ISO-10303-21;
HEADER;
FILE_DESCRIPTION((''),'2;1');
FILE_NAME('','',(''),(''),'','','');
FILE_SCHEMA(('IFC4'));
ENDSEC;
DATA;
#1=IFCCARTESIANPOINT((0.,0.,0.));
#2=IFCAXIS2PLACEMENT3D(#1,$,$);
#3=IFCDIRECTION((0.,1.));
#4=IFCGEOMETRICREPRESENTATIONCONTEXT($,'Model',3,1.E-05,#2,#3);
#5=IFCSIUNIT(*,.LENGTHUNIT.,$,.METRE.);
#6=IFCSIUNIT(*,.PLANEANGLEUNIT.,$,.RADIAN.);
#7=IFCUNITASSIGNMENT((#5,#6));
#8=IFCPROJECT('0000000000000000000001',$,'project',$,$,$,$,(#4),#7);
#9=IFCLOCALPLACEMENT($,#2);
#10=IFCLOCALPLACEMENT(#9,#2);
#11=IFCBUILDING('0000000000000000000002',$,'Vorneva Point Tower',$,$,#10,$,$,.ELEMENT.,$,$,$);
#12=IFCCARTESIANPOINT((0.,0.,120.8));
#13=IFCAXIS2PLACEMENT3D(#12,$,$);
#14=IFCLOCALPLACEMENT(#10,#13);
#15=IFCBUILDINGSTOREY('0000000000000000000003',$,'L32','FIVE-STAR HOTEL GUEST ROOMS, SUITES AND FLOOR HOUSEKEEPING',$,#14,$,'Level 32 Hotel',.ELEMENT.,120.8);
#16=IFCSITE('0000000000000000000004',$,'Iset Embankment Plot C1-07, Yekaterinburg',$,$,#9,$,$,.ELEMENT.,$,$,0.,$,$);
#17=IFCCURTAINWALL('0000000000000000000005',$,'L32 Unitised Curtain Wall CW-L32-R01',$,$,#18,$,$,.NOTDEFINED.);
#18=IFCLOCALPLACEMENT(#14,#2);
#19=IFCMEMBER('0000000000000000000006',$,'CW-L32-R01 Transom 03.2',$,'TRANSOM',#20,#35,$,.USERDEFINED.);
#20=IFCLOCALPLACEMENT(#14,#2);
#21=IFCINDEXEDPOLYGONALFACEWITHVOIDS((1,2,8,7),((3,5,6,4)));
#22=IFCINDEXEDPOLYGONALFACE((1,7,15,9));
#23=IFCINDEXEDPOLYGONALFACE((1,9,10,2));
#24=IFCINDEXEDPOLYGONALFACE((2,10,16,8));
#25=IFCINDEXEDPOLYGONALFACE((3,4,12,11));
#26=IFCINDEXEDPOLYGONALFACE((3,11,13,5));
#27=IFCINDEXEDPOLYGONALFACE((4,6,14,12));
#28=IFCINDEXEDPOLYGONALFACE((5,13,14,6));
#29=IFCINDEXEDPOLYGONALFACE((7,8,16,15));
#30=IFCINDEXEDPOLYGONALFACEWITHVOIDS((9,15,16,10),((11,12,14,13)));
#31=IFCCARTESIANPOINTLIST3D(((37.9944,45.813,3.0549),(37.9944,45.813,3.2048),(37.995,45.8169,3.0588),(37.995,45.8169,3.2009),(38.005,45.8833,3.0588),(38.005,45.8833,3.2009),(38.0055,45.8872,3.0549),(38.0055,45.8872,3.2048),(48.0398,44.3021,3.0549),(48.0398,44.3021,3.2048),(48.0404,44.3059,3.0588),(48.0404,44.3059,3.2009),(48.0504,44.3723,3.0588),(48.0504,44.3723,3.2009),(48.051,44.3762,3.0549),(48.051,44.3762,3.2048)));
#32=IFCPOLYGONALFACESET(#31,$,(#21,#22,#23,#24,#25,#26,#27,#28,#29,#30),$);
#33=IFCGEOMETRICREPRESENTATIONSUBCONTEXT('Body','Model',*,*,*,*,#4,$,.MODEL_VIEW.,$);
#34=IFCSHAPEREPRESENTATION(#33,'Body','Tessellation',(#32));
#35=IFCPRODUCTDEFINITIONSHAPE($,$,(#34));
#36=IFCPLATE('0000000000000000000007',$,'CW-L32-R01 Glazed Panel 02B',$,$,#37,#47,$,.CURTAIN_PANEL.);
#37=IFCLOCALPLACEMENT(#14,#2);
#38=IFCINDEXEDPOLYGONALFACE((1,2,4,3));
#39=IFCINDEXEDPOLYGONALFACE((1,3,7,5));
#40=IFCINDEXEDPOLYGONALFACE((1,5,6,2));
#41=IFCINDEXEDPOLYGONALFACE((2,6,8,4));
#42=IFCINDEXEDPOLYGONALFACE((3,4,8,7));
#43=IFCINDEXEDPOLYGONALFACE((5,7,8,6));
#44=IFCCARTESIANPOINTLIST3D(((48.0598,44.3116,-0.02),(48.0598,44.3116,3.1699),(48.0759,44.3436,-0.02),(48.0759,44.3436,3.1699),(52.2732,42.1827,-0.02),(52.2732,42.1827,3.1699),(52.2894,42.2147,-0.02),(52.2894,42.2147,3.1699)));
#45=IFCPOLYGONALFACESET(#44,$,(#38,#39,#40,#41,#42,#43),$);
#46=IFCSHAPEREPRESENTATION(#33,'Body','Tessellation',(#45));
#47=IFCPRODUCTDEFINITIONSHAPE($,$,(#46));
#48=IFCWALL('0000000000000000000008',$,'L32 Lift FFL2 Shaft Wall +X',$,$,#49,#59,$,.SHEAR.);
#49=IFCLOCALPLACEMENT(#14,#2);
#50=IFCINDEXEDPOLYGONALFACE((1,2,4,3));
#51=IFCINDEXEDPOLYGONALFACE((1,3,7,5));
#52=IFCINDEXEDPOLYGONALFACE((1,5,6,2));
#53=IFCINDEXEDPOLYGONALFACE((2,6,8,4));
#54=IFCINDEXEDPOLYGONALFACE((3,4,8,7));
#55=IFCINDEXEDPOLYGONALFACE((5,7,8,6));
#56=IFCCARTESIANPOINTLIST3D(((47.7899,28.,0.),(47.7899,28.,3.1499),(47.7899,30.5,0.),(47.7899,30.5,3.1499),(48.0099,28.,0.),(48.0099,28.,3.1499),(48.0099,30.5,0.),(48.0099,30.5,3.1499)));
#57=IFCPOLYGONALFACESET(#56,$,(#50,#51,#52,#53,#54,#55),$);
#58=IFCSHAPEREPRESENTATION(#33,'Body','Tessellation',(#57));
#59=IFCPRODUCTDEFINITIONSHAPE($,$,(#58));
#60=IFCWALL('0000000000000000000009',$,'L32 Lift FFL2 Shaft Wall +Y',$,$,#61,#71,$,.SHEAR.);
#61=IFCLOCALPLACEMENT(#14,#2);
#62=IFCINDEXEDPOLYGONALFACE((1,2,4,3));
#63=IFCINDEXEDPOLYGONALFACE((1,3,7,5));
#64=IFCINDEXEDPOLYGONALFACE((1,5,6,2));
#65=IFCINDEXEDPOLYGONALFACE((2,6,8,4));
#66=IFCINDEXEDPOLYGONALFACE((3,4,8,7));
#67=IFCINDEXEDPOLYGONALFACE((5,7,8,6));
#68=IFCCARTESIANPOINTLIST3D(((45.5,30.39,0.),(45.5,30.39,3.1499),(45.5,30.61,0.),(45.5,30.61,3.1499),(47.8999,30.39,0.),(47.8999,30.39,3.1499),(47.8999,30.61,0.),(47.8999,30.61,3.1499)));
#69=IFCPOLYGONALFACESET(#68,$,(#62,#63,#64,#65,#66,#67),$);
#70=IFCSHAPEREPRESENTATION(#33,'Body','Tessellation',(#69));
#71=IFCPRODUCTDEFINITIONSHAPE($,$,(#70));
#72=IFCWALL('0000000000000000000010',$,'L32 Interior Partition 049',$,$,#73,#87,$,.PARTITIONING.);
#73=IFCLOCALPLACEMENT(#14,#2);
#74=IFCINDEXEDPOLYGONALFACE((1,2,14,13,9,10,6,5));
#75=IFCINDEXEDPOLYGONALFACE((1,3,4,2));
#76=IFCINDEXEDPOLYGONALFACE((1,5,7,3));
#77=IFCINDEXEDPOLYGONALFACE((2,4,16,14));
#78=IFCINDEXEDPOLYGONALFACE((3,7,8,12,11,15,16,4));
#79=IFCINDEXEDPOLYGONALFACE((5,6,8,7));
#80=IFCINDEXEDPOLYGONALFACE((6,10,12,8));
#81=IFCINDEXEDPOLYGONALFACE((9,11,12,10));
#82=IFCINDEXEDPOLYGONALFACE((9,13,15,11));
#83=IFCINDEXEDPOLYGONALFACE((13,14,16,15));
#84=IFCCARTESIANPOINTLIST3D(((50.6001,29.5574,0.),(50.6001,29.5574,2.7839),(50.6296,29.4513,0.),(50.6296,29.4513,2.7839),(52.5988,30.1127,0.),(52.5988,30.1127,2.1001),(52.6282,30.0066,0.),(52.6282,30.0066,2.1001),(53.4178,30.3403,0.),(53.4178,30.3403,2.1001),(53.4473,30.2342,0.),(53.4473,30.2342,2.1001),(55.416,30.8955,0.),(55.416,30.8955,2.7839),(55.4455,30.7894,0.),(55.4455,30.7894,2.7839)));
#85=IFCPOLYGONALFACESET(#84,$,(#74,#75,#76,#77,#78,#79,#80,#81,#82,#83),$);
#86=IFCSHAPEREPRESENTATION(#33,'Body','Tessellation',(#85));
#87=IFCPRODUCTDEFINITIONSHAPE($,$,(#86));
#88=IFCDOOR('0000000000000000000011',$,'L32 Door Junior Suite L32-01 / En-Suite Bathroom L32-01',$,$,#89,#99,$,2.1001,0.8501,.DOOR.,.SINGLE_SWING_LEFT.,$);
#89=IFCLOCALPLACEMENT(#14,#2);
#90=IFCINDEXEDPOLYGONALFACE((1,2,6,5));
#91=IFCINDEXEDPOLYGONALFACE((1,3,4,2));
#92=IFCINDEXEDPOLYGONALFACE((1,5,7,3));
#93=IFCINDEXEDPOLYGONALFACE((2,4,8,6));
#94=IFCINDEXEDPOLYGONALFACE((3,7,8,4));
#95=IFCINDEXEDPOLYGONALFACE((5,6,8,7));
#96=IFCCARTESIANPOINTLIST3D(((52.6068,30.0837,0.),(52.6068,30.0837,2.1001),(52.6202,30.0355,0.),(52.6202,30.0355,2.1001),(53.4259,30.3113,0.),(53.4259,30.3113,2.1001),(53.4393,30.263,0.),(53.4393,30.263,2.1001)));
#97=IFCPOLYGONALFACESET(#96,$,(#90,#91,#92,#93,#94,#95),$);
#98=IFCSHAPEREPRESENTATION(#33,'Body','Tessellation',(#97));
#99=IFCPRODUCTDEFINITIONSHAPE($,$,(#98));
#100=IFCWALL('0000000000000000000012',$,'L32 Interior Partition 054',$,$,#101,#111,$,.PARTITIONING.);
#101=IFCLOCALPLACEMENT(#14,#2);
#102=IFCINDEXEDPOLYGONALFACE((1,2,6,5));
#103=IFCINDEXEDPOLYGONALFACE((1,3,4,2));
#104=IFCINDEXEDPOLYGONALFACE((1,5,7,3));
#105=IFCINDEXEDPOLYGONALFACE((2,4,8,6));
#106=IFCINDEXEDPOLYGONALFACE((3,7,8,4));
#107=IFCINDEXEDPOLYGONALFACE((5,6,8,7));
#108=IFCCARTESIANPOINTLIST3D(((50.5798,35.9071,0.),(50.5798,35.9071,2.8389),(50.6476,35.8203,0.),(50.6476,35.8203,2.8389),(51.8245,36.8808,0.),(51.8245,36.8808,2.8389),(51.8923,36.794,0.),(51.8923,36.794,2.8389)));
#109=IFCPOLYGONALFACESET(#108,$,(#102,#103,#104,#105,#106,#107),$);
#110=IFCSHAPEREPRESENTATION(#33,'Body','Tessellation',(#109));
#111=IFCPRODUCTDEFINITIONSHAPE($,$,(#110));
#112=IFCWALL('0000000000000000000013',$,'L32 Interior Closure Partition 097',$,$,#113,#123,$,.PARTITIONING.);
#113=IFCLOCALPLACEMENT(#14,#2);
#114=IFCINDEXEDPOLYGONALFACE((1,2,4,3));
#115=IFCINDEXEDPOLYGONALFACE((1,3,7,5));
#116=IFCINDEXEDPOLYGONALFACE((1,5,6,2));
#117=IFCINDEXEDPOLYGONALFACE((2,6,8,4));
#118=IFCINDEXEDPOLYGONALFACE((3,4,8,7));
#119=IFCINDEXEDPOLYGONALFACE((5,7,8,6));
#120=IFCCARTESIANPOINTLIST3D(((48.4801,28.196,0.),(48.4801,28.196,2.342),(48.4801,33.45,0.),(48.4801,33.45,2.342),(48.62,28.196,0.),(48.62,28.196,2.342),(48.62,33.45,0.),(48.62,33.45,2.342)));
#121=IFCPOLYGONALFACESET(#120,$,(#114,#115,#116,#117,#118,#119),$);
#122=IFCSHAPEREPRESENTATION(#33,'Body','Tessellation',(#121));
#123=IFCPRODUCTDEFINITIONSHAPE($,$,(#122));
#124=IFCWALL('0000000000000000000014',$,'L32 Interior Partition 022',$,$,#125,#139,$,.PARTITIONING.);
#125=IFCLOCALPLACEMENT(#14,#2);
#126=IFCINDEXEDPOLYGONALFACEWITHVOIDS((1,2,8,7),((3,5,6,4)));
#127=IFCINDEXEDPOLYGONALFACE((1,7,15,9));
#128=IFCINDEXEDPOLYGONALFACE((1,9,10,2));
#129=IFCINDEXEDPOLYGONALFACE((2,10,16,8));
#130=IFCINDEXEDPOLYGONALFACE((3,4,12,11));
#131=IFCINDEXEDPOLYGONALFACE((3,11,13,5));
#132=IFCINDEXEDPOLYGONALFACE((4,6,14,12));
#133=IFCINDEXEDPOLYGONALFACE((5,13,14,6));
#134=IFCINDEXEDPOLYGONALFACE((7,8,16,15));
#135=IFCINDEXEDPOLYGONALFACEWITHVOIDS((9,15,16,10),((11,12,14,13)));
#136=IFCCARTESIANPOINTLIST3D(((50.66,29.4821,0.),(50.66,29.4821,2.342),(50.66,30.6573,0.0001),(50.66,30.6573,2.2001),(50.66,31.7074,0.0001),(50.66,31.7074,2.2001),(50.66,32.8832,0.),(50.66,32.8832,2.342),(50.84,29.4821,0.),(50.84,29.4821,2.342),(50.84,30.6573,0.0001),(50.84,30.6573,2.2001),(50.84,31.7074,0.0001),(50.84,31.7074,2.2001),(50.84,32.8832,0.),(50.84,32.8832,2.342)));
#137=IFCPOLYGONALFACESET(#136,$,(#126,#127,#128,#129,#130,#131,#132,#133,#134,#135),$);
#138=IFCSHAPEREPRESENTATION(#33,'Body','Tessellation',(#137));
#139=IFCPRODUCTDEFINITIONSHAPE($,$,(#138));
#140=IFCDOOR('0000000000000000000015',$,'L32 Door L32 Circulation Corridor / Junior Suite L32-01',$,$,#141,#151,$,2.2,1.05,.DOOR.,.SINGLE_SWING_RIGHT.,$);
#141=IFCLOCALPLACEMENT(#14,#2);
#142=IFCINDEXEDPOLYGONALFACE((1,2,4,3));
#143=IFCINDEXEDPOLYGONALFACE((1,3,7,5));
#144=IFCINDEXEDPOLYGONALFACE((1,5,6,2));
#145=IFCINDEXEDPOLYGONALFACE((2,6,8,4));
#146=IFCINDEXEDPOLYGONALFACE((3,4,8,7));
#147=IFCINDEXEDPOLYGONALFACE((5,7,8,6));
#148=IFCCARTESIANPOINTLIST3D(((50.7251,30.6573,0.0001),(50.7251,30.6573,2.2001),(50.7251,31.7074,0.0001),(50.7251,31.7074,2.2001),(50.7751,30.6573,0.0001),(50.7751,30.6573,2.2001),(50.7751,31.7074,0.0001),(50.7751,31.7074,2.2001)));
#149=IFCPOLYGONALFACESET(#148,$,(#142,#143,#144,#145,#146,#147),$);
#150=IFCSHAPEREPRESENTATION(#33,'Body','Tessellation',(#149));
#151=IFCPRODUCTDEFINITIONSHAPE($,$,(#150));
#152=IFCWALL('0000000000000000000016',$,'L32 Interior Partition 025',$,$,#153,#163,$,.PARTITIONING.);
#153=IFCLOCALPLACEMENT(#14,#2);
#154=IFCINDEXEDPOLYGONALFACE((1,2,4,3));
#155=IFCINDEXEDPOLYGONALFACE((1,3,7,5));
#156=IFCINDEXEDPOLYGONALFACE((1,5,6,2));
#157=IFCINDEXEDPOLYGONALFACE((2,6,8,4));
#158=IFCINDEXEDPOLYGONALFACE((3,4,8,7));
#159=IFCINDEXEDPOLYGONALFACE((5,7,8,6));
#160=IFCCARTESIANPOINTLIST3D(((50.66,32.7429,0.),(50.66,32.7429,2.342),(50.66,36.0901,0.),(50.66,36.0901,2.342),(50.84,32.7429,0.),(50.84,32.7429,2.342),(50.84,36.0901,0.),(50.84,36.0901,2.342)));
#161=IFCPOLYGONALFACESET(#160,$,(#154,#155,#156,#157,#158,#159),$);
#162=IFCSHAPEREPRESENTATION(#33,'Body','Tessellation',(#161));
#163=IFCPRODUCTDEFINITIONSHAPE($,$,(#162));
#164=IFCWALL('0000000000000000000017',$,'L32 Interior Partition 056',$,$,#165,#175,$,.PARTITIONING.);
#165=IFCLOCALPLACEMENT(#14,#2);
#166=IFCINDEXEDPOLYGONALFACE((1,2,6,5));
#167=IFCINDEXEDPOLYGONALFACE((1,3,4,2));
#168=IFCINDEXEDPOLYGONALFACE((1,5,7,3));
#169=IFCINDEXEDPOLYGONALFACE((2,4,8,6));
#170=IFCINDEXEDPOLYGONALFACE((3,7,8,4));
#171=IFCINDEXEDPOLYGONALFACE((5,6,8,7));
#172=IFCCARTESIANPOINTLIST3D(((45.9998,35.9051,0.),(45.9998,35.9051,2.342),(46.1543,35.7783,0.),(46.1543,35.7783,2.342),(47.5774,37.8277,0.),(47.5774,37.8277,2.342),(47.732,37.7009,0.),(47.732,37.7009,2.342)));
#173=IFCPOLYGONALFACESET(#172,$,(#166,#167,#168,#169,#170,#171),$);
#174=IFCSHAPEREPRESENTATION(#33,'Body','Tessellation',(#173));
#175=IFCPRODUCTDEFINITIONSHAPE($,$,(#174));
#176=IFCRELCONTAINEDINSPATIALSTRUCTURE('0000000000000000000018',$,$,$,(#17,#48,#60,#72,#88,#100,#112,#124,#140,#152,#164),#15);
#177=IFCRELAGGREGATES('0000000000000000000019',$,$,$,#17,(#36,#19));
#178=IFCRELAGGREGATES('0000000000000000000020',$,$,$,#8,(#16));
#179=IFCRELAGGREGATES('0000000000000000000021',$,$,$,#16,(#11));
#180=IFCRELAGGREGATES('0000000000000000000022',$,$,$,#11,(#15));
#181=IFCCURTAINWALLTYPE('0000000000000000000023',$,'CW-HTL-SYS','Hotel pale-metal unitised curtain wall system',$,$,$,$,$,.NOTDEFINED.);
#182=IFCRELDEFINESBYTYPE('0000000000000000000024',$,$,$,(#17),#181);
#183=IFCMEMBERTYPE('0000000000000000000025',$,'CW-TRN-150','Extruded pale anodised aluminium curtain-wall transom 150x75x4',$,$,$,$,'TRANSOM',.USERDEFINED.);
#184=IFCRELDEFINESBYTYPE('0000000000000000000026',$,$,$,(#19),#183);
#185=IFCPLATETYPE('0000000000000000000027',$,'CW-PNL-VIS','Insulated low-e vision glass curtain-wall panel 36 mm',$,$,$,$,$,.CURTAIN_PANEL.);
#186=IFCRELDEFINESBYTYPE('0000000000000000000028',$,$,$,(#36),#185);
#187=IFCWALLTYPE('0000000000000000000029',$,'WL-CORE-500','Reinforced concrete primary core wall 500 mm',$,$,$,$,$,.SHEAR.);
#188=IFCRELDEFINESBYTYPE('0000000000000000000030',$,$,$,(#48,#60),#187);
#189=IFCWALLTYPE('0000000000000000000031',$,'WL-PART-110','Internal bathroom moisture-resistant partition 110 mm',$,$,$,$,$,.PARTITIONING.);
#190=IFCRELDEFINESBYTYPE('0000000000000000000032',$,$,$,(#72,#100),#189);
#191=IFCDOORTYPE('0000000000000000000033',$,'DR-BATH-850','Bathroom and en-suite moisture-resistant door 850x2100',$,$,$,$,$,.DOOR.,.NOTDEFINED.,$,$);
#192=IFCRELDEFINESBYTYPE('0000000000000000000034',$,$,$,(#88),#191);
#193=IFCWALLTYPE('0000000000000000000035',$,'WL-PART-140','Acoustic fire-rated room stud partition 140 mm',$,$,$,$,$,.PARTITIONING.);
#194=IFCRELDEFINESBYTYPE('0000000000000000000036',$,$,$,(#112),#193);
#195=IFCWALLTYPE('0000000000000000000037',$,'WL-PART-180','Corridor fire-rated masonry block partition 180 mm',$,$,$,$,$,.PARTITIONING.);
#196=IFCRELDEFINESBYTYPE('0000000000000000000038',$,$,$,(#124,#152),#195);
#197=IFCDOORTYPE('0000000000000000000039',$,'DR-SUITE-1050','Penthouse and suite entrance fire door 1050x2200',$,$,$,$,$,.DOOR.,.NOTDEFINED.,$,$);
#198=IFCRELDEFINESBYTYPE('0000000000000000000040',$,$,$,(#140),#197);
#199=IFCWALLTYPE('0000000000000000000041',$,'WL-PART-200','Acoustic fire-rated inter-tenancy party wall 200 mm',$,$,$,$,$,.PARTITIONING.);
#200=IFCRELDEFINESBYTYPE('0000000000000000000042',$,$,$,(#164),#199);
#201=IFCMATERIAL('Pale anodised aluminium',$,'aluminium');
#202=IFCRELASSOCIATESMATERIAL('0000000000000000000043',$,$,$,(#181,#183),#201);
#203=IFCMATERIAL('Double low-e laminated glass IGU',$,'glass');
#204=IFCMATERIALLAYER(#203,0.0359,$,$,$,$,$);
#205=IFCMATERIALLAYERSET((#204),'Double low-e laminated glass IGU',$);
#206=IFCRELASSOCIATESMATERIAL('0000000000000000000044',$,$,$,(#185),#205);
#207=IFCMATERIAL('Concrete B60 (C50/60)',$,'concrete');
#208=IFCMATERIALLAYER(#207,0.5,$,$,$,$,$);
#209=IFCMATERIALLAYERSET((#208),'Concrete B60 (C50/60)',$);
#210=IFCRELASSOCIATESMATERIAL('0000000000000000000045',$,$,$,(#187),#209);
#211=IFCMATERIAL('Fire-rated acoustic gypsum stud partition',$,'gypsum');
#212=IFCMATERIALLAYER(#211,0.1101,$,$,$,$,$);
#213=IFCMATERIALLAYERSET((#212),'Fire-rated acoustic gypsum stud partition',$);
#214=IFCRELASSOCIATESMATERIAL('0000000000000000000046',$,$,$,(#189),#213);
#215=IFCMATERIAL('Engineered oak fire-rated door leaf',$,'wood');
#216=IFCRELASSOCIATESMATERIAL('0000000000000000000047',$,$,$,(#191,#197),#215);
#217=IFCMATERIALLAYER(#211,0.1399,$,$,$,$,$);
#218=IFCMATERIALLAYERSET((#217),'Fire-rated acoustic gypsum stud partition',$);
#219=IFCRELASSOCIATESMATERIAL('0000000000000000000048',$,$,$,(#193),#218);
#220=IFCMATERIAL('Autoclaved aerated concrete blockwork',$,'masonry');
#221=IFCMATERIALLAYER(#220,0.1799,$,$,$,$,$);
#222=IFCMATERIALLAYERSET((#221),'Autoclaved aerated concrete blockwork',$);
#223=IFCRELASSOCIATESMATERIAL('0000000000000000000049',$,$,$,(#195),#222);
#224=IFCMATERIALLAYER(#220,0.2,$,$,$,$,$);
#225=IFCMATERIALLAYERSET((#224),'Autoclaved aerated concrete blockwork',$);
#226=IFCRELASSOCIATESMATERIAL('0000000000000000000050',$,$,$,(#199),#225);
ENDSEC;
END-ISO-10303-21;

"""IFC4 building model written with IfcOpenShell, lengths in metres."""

from ifc_helpers import new_model, si_unit, direction, frame, frame_2d, origin, origin_2d, place, context, subcontext, project, spatial, rectangle, hollow_rectangle, extrude, material, layer, layer_set, material_profile, profile_set, type_object, element, fill, aggregate, save


model = new_model("IFC4")

# Units and contexts
model_context = context("Model", 3, precision=1e-05, world=origin(), true_north=direction((0.0, 1.0)))
body_context = subcontext(model_context, "Body", "Model", "MODEL_VIEW")
ifc_project = project(units=[si_unit("LENGTHUNIT", "METRE"), si_unit("PLANEANGLEUNIT", "RADIAN")], contexts=[model_context])

# Site, building, storey
site_placement = place(None, origin())
site = spatial("IfcSite", under=ifc_project, at=site_placement, Name="Iset Embankment Plot C1-07, Yekaterinburg", CompositionType="ELEMENT", RefElevation=0.0)
building_placement = place(site_placement, origin())
building = spatial("IfcBuilding", under=site, at=building_placement, Name="Vorneva Point Tower", CompositionType="ELEMENT")
storey_placement = place(building_placement, frame((0.0, 0.0, 120.8)))
storey = spatial("IfcBuildingStorey", under=building, at=storey_placement, Name="L32", Description="FIVE-STAR HOTEL GUEST ROOMS, SUITES AND FLOOR HOUSEKEEPING", LongName="Level 32 Hotel", CompositionType="ELEMENT", Elevation=120.8)

# Shared definitions
ifc_material_1 = material(Name="Concrete B60 (C50/60)", Category="concrete")

# Curtain wall, member, plate
ifc_material_2 = material(Name="Pale anodised aluminium", Category="aluminium")
curtain_wall_type = type_object("IfcCurtainWallType", Name="CW-HTL-SYS", Description="Hotel pale-metal unitised curtain wall system", PredefinedType="NOTDEFINED", material=ifc_material_2)
curtain_wall_placement = place(storey_placement, origin())
curtain_wall = element("IfcCurtainWall", 1, at=curtain_wall_placement, inside=storey, type_object=curtain_wall_type, Name="L32 Unitised Curtain Wall CW-L32-R01", PredefinedType="NOTDEFINED")
ifc_material_profile_1 = material_profile(ifc_material_2, hollow_rectangle(XDim=0.075, YDim=0.1499, WallThickness=0.0039, at=origin_2d()), Name="AL-TRN 150x75x4")
ifc_profile_set_1 = profile_set([ifc_material_profile_1], Name="Pale anodised aluminium")
member_type_1 = type_object("IfcMemberType", Name="CW-TRN-150", Description="Extruded pale anodised aluminium curtain-wall transom 150x75x4", ElementType="TRANSOM", PredefinedType="USERDEFINED", material=ifc_profile_set_1)
member_1_placement = place(storey_placement, frame((48.0454, 44.3391, 3.1299), z_axis=(-0.988876, 0.148742, 0.0), x_axis=(-0.148742, -0.988876, 0.0)))
member_1 = element("IfcMember", 2, at=member_1_placement, type_object=member_type_1, Name="CW-L32-R01 Transom 03.2", ObjectType="TRANSOM", PredefinedType="USERDEFINED", context=body_context, shape_type="SweptSolid", body=[
    extrude(hollow_rectangle(XDim=0.075, YDim=0.1499, WallThickness=0.0039, at=origin_2d()), origin(), (0.0, 0.0, 1.0), 10.1584),
])
ifc_material_3 = material(Name="Double low-e laminated glass IGU", Category="glass")
ifc_layer_1 = layer(ifc_material_3, 0.0359)
ifc_layer_set_1 = layer_set([ifc_layer_1], Name="Double low-e laminated glass IGU")
plate_type = type_object("IfcPlateType", Name="CW-PNL-VIS", Description="Insulated low-e vision glass curtain-wall panel 36 mm", PredefinedType="CURTAIN_PANEL", material=ifc_layer_set_1)
plate_placement = place(storey_placement, frame((50.1746, 43.2632, -0.02), z_axis=(0.0, 0.0, 1.0), x_axis=(-0.892539, 0.450971, 0.0)))
plate = element("IfcPlate", 3, at=plate_placement, type_object=plate_type, Name="CW-L32-R01 Glazed Panel 02B", PredefinedType="CURTAIN_PANEL", context=body_context, shape_type="SweptSolid", body=[
    extrude(rectangle(XDim=4.7207, YDim=0.0359, at=origin_2d()), origin(), (0.0, 0.0, 1.0), 3.1899),
])
aggregate(curtain_wall, [plate, member_1])

# Walls
ifc_layer_2 = layer(ifc_material_1, 0.5)
ifc_layer_set_2 = layer_set([ifc_layer_2], Name="Concrete B60 (C50/60)")
wall_type_1 = type_object("IfcWallType", Name="WL-CORE-500", Description="Reinforced concrete primary core wall 500 mm", PredefinedType="SHEAR", material=ifc_layer_set_2)
wall_1_placement = place(storey_placement, frame((47.8999, 28.0, 0.0), z_axis=(0.0, 0.0, 1.0), x_axis=(0.0, 1.0, 0.0)))
element("IfcWall", 4, at=wall_1_placement, inside=storey, type_object=wall_type_1, Name="L32 Lift FFL2 Shaft Wall +X", PredefinedType="SHEAR", context=body_context, shape_type="SweptSolid", body=[
    extrude(rectangle(XDim=2.5, YDim=0.22, at=frame_2d((1.25, 0.0))), origin(), (0.0, 0.0, 1.0), 3.1499),
])
wall_2_placement = place(storey_placement, frame((47.8999, 30.5, 0.0), z_axis=(0.0, 0.0, 1.0), x_axis=(-1.0, 0.0, 0.0)))
element("IfcWall", 5, at=wall_2_placement, inside=storey, type_object=wall_type_1, Name="L32 Lift FFL2 Shaft Wall +Y", PredefinedType="SHEAR", context=body_context, shape_type="SweptSolid", body=[
    extrude(rectangle(XDim=2.3999, YDim=0.22, at=frame_2d((1.2, 0.0))), origin(), (0.0, 0.0, 1.0), 3.1499),
])

# Wall, opening, door
ifc_material_4 = material(Name="Fire-rated acoustic gypsum stud partition", Category="gypsum")
ifc_layer_3 = layer(ifc_material_4, 0.1101)
ifc_layer_set_3 = layer_set([ifc_layer_3], Name="Fire-rated acoustic gypsum stud partition")
wall_type_2 = type_object("IfcWallType", Name="WL-PART-110", Description="Internal bathroom moisture-resistant partition 110 mm", PredefinedType="PARTITIONING", material=ifc_layer_set_3)
wall_3_placement = place(storey_placement, frame((50.615, 29.5044, 0.0), z_axis=(0.0, 0.0, 1.0), x_axis=(0.963498, 0.267714, 0.0)))
wall_3 = element("IfcWall", 6, at=wall_3_placement, inside=storey, type_object=wall_type_2, Name="L32 Interior Partition 049", PredefinedType="PARTITIONING", context=body_context, shape_type="SweptSolid", body=[
    extrude(rectangle(XDim=4.9983, YDim=0.1101, at=frame_2d((2.499, 0.0))), origin(), (0.0, 0.0, 1.0), 2.7839),
])
opening_1_placement = place(wall_3_placement, frame((2.0742, 0.0, 0.0)))
opening_1 = element("IfcOpeningElement", 7, at=opening_1_placement, cuts=wall_3, PredefinedType="OPENING", context=body_context, shape_type="SweptSolid", body=[
    extrude(rectangle(XDim=0.8501, YDim=2.1001, at=frame_2d((0.425, 1.05))), frame((0.0, 0.0698, 0.0), z_axis=(0.0, -1.0, 0.0), x_axis=(1.0, 0.0, 0.0)), (0.0, 0.0, 1.0), 0.1399),
])
ifc_material_5 = material(Name="Engineered oak fire-rated door leaf", Category="wood")
door_type_1 = type_object("IfcDoorType", Name="DR-BATH-850", Description="Bathroom and en-suite moisture-resistant door 850x2100", OperationType="NOTDEFINED", PredefinedType="DOOR", material=ifc_material_5)
door_1_placement = place(opening_1_placement, origin())
door_1 = element("IfcDoor", 8, at=door_1_placement, inside=storey, type_object=door_type_1, Name="L32 Door Junior Suite L32-01 / En-Suite Bathroom L32-01", OperationType="SINGLE_SWING_LEFT", OverallHeight=2.1001, OverallWidth=0.8501, PredefinedType="DOOR", context=body_context, shape_type="SweptSolid", body=[
    extrude(rectangle(XDim=0.8501, YDim=2.1001, at=frame_2d((0.425, 1.05))), frame((0.0, 0.0249, 0.0), z_axis=(0.0, -1.0, 0.0), x_axis=(1.0, 0.0, 0.0)), (0.0, 0.0, 1.0), 0.05),
])
fill(opening_1, door_1)

# Walls
wall_4_placement = place(storey_placement, frame((50.6138, 35.8638, 0.0), z_axis=(0.0, 0.0, 1.0), x_axis=(0.787635, 0.616142, 0.0)))
element("IfcWall", 9, at=wall_4_placement, inside=storey, type_object=wall_type_2, Name="L32 Interior Partition 054", PredefinedType="PARTITIONING", context=body_context, shape_type="SweptSolid", body=[
    extrude(rectangle(XDim=1.5803, YDim=0.1101, at=frame_2d((0.79, 0.0))), origin(), (0.0, 0.0, 1.0), 2.8389),
])
ifc_layer_4 = layer(ifc_material_4, 0.1399)
ifc_layer_set_4 = layer_set([ifc_layer_4], Name="Fire-rated acoustic gypsum stud partition")
wall_type_3 = type_object("IfcWallType", Name="WL-PART-140", Description="Acoustic fire-rated room stud partition 140 mm", PredefinedType="PARTITIONING", material=ifc_layer_set_4)
wall_5_placement = place(storey_placement, frame((48.55, 33.45, 0.0), z_axis=(0.0, 0.0, 1.0), x_axis=(0.0, -1.0, 0.0)))
element("IfcWall", 10, at=wall_5_placement, inside=storey, type_object=wall_type_3, Name="L32 Interior Closure Partition 097", PredefinedType="PARTITIONING", context=body_context, shape_type="SweptSolid", body=[
    extrude(rectangle(XDim=5.2539, YDim=0.1399, at=frame_2d((2.627, 0.0))), origin(), (0.0, 0.0, 1.0), 2.342),
])

# Wall, opening, door
ifc_material_6 = material(Name="Autoclaved aerated concrete blockwork", Category="masonry")
ifc_layer_5 = layer(ifc_material_6, 0.1799)
ifc_layer_set_5 = layer_set([ifc_layer_5], Name="Autoclaved aerated concrete blockwork")
wall_type_4 = type_object("IfcWallType", Name="WL-PART-180", Description="Corridor fire-rated masonry block partition 180 mm", PredefinedType="PARTITIONING", material=ifc_layer_set_5)
wall_6_placement = place(storey_placement, frame((50.75, 29.4819, 0.0), z_axis=(0.0, 0.0, 1.0), x_axis=(0.0, 1.0, 0.0)))
wall_6 = element("IfcWall", 11, at=wall_6_placement, inside=storey, type_object=wall_type_4, Name="L32 Interior Partition 022", PredefinedType="PARTITIONING", context=body_context, shape_type="SweptSolid", body=[
    extrude(rectangle(XDim=3.4011, YDim=0.1799, at=frame_2d((1.7007, 0.0))), origin(), (0.0, 0.0, 1.0), 2.342),
])
opening_2_placement = place(wall_6_placement, frame((1.1755, 0.0, 0.0)))
opening_2 = element("IfcOpeningElement", 12, at=opening_2_placement, cuts=wall_6, PredefinedType="OPENING", context=body_context, shape_type="SweptSolid", body=[
    extrude(rectangle(XDim=1.05, YDim=2.2, at=frame_2d((0.5249, 1.1001))), frame((0.0, 0.105, 0.0), z_axis=(0.0, -1.0, 0.0), x_axis=(1.0, 0.0, 0.0)), (0.0, 0.0, 1.0), 0.2097),
])
door_type_2 = type_object("IfcDoorType", Name="DR-SUITE-1050", Description="Penthouse and suite entrance fire door 1050x2200", OperationType="NOTDEFINED", PredefinedType="DOOR", material=ifc_material_5)
door_2_placement = place(opening_2_placement, origin())
door_2 = element("IfcDoor", 13, at=door_2_placement, inside=storey, type_object=door_type_2, Name="L32 Door L32 Circulation Corridor / Junior Suite L32-01", OperationType="SINGLE_SWING_RIGHT", OverallHeight=2.2, OverallWidth=1.05, PredefinedType="DOOR", context=body_context, shape_type="SweptSolid", body=[
    extrude(rectangle(XDim=1.05, YDim=2.2, at=frame_2d((0.5249, 1.1001))), frame((0.0, 0.0249, 0.0), z_axis=(0.0, -1.0, 0.0), x_axis=(1.0, 0.0, 0.0)), (0.0, 0.0, 1.0), 0.05),
])
fill(opening_2, door_2)

# Walls
wall_7_placement = place(storey_placement, frame((50.75, 32.7429, 0.0), z_axis=(0.0, 0.0, 1.0), x_axis=(0.0, 1.0, 0.0)))
element("IfcWall", 14, at=wall_7_placement, inside=storey, type_object=wall_type_4, Name="L32 Interior Partition 025", PredefinedType="PARTITIONING", context=body_context, shape_type="SweptSolid", body=[
    extrude(rectangle(XDim=3.3472, YDim=0.1799, at=frame_2d((1.6736, 0.0))), origin(), (0.0, 0.0, 1.0), 2.342),
])
ifc_layer_6 = layer(ifc_material_6, 0.2)
ifc_layer_set_6 = layer_set([ifc_layer_6], Name="Autoclaved aerated concrete blockwork")
wall_type_5 = type_object("IfcWallType", Name="WL-PART-200", Description="Acoustic fire-rated inter-tenancy party wall 200 mm", PredefinedType="PARTITIONING", material=ifc_layer_set_6)
wall_8_placement = place(storey_placement, frame((47.6548, 37.7644, 0.0), z_axis=(0.0, 0.0, 1.0), x_axis=(-0.634344, -0.773051, 0.0)))
element("IfcWall", 15, at=wall_8_placement, inside=storey, type_object=wall_type_5, Name="L32 Interior Partition 056", PredefinedType="PARTITIONING", context=body_context, shape_type="SweptSolid", body=[
    extrude(rectangle(XDim=2.4871, YDim=0.2, at=frame_2d((1.2437, 0.0))), origin(), (0.0, 0.0, 1.0), 2.342),
])

save(model, "model.ifc")
